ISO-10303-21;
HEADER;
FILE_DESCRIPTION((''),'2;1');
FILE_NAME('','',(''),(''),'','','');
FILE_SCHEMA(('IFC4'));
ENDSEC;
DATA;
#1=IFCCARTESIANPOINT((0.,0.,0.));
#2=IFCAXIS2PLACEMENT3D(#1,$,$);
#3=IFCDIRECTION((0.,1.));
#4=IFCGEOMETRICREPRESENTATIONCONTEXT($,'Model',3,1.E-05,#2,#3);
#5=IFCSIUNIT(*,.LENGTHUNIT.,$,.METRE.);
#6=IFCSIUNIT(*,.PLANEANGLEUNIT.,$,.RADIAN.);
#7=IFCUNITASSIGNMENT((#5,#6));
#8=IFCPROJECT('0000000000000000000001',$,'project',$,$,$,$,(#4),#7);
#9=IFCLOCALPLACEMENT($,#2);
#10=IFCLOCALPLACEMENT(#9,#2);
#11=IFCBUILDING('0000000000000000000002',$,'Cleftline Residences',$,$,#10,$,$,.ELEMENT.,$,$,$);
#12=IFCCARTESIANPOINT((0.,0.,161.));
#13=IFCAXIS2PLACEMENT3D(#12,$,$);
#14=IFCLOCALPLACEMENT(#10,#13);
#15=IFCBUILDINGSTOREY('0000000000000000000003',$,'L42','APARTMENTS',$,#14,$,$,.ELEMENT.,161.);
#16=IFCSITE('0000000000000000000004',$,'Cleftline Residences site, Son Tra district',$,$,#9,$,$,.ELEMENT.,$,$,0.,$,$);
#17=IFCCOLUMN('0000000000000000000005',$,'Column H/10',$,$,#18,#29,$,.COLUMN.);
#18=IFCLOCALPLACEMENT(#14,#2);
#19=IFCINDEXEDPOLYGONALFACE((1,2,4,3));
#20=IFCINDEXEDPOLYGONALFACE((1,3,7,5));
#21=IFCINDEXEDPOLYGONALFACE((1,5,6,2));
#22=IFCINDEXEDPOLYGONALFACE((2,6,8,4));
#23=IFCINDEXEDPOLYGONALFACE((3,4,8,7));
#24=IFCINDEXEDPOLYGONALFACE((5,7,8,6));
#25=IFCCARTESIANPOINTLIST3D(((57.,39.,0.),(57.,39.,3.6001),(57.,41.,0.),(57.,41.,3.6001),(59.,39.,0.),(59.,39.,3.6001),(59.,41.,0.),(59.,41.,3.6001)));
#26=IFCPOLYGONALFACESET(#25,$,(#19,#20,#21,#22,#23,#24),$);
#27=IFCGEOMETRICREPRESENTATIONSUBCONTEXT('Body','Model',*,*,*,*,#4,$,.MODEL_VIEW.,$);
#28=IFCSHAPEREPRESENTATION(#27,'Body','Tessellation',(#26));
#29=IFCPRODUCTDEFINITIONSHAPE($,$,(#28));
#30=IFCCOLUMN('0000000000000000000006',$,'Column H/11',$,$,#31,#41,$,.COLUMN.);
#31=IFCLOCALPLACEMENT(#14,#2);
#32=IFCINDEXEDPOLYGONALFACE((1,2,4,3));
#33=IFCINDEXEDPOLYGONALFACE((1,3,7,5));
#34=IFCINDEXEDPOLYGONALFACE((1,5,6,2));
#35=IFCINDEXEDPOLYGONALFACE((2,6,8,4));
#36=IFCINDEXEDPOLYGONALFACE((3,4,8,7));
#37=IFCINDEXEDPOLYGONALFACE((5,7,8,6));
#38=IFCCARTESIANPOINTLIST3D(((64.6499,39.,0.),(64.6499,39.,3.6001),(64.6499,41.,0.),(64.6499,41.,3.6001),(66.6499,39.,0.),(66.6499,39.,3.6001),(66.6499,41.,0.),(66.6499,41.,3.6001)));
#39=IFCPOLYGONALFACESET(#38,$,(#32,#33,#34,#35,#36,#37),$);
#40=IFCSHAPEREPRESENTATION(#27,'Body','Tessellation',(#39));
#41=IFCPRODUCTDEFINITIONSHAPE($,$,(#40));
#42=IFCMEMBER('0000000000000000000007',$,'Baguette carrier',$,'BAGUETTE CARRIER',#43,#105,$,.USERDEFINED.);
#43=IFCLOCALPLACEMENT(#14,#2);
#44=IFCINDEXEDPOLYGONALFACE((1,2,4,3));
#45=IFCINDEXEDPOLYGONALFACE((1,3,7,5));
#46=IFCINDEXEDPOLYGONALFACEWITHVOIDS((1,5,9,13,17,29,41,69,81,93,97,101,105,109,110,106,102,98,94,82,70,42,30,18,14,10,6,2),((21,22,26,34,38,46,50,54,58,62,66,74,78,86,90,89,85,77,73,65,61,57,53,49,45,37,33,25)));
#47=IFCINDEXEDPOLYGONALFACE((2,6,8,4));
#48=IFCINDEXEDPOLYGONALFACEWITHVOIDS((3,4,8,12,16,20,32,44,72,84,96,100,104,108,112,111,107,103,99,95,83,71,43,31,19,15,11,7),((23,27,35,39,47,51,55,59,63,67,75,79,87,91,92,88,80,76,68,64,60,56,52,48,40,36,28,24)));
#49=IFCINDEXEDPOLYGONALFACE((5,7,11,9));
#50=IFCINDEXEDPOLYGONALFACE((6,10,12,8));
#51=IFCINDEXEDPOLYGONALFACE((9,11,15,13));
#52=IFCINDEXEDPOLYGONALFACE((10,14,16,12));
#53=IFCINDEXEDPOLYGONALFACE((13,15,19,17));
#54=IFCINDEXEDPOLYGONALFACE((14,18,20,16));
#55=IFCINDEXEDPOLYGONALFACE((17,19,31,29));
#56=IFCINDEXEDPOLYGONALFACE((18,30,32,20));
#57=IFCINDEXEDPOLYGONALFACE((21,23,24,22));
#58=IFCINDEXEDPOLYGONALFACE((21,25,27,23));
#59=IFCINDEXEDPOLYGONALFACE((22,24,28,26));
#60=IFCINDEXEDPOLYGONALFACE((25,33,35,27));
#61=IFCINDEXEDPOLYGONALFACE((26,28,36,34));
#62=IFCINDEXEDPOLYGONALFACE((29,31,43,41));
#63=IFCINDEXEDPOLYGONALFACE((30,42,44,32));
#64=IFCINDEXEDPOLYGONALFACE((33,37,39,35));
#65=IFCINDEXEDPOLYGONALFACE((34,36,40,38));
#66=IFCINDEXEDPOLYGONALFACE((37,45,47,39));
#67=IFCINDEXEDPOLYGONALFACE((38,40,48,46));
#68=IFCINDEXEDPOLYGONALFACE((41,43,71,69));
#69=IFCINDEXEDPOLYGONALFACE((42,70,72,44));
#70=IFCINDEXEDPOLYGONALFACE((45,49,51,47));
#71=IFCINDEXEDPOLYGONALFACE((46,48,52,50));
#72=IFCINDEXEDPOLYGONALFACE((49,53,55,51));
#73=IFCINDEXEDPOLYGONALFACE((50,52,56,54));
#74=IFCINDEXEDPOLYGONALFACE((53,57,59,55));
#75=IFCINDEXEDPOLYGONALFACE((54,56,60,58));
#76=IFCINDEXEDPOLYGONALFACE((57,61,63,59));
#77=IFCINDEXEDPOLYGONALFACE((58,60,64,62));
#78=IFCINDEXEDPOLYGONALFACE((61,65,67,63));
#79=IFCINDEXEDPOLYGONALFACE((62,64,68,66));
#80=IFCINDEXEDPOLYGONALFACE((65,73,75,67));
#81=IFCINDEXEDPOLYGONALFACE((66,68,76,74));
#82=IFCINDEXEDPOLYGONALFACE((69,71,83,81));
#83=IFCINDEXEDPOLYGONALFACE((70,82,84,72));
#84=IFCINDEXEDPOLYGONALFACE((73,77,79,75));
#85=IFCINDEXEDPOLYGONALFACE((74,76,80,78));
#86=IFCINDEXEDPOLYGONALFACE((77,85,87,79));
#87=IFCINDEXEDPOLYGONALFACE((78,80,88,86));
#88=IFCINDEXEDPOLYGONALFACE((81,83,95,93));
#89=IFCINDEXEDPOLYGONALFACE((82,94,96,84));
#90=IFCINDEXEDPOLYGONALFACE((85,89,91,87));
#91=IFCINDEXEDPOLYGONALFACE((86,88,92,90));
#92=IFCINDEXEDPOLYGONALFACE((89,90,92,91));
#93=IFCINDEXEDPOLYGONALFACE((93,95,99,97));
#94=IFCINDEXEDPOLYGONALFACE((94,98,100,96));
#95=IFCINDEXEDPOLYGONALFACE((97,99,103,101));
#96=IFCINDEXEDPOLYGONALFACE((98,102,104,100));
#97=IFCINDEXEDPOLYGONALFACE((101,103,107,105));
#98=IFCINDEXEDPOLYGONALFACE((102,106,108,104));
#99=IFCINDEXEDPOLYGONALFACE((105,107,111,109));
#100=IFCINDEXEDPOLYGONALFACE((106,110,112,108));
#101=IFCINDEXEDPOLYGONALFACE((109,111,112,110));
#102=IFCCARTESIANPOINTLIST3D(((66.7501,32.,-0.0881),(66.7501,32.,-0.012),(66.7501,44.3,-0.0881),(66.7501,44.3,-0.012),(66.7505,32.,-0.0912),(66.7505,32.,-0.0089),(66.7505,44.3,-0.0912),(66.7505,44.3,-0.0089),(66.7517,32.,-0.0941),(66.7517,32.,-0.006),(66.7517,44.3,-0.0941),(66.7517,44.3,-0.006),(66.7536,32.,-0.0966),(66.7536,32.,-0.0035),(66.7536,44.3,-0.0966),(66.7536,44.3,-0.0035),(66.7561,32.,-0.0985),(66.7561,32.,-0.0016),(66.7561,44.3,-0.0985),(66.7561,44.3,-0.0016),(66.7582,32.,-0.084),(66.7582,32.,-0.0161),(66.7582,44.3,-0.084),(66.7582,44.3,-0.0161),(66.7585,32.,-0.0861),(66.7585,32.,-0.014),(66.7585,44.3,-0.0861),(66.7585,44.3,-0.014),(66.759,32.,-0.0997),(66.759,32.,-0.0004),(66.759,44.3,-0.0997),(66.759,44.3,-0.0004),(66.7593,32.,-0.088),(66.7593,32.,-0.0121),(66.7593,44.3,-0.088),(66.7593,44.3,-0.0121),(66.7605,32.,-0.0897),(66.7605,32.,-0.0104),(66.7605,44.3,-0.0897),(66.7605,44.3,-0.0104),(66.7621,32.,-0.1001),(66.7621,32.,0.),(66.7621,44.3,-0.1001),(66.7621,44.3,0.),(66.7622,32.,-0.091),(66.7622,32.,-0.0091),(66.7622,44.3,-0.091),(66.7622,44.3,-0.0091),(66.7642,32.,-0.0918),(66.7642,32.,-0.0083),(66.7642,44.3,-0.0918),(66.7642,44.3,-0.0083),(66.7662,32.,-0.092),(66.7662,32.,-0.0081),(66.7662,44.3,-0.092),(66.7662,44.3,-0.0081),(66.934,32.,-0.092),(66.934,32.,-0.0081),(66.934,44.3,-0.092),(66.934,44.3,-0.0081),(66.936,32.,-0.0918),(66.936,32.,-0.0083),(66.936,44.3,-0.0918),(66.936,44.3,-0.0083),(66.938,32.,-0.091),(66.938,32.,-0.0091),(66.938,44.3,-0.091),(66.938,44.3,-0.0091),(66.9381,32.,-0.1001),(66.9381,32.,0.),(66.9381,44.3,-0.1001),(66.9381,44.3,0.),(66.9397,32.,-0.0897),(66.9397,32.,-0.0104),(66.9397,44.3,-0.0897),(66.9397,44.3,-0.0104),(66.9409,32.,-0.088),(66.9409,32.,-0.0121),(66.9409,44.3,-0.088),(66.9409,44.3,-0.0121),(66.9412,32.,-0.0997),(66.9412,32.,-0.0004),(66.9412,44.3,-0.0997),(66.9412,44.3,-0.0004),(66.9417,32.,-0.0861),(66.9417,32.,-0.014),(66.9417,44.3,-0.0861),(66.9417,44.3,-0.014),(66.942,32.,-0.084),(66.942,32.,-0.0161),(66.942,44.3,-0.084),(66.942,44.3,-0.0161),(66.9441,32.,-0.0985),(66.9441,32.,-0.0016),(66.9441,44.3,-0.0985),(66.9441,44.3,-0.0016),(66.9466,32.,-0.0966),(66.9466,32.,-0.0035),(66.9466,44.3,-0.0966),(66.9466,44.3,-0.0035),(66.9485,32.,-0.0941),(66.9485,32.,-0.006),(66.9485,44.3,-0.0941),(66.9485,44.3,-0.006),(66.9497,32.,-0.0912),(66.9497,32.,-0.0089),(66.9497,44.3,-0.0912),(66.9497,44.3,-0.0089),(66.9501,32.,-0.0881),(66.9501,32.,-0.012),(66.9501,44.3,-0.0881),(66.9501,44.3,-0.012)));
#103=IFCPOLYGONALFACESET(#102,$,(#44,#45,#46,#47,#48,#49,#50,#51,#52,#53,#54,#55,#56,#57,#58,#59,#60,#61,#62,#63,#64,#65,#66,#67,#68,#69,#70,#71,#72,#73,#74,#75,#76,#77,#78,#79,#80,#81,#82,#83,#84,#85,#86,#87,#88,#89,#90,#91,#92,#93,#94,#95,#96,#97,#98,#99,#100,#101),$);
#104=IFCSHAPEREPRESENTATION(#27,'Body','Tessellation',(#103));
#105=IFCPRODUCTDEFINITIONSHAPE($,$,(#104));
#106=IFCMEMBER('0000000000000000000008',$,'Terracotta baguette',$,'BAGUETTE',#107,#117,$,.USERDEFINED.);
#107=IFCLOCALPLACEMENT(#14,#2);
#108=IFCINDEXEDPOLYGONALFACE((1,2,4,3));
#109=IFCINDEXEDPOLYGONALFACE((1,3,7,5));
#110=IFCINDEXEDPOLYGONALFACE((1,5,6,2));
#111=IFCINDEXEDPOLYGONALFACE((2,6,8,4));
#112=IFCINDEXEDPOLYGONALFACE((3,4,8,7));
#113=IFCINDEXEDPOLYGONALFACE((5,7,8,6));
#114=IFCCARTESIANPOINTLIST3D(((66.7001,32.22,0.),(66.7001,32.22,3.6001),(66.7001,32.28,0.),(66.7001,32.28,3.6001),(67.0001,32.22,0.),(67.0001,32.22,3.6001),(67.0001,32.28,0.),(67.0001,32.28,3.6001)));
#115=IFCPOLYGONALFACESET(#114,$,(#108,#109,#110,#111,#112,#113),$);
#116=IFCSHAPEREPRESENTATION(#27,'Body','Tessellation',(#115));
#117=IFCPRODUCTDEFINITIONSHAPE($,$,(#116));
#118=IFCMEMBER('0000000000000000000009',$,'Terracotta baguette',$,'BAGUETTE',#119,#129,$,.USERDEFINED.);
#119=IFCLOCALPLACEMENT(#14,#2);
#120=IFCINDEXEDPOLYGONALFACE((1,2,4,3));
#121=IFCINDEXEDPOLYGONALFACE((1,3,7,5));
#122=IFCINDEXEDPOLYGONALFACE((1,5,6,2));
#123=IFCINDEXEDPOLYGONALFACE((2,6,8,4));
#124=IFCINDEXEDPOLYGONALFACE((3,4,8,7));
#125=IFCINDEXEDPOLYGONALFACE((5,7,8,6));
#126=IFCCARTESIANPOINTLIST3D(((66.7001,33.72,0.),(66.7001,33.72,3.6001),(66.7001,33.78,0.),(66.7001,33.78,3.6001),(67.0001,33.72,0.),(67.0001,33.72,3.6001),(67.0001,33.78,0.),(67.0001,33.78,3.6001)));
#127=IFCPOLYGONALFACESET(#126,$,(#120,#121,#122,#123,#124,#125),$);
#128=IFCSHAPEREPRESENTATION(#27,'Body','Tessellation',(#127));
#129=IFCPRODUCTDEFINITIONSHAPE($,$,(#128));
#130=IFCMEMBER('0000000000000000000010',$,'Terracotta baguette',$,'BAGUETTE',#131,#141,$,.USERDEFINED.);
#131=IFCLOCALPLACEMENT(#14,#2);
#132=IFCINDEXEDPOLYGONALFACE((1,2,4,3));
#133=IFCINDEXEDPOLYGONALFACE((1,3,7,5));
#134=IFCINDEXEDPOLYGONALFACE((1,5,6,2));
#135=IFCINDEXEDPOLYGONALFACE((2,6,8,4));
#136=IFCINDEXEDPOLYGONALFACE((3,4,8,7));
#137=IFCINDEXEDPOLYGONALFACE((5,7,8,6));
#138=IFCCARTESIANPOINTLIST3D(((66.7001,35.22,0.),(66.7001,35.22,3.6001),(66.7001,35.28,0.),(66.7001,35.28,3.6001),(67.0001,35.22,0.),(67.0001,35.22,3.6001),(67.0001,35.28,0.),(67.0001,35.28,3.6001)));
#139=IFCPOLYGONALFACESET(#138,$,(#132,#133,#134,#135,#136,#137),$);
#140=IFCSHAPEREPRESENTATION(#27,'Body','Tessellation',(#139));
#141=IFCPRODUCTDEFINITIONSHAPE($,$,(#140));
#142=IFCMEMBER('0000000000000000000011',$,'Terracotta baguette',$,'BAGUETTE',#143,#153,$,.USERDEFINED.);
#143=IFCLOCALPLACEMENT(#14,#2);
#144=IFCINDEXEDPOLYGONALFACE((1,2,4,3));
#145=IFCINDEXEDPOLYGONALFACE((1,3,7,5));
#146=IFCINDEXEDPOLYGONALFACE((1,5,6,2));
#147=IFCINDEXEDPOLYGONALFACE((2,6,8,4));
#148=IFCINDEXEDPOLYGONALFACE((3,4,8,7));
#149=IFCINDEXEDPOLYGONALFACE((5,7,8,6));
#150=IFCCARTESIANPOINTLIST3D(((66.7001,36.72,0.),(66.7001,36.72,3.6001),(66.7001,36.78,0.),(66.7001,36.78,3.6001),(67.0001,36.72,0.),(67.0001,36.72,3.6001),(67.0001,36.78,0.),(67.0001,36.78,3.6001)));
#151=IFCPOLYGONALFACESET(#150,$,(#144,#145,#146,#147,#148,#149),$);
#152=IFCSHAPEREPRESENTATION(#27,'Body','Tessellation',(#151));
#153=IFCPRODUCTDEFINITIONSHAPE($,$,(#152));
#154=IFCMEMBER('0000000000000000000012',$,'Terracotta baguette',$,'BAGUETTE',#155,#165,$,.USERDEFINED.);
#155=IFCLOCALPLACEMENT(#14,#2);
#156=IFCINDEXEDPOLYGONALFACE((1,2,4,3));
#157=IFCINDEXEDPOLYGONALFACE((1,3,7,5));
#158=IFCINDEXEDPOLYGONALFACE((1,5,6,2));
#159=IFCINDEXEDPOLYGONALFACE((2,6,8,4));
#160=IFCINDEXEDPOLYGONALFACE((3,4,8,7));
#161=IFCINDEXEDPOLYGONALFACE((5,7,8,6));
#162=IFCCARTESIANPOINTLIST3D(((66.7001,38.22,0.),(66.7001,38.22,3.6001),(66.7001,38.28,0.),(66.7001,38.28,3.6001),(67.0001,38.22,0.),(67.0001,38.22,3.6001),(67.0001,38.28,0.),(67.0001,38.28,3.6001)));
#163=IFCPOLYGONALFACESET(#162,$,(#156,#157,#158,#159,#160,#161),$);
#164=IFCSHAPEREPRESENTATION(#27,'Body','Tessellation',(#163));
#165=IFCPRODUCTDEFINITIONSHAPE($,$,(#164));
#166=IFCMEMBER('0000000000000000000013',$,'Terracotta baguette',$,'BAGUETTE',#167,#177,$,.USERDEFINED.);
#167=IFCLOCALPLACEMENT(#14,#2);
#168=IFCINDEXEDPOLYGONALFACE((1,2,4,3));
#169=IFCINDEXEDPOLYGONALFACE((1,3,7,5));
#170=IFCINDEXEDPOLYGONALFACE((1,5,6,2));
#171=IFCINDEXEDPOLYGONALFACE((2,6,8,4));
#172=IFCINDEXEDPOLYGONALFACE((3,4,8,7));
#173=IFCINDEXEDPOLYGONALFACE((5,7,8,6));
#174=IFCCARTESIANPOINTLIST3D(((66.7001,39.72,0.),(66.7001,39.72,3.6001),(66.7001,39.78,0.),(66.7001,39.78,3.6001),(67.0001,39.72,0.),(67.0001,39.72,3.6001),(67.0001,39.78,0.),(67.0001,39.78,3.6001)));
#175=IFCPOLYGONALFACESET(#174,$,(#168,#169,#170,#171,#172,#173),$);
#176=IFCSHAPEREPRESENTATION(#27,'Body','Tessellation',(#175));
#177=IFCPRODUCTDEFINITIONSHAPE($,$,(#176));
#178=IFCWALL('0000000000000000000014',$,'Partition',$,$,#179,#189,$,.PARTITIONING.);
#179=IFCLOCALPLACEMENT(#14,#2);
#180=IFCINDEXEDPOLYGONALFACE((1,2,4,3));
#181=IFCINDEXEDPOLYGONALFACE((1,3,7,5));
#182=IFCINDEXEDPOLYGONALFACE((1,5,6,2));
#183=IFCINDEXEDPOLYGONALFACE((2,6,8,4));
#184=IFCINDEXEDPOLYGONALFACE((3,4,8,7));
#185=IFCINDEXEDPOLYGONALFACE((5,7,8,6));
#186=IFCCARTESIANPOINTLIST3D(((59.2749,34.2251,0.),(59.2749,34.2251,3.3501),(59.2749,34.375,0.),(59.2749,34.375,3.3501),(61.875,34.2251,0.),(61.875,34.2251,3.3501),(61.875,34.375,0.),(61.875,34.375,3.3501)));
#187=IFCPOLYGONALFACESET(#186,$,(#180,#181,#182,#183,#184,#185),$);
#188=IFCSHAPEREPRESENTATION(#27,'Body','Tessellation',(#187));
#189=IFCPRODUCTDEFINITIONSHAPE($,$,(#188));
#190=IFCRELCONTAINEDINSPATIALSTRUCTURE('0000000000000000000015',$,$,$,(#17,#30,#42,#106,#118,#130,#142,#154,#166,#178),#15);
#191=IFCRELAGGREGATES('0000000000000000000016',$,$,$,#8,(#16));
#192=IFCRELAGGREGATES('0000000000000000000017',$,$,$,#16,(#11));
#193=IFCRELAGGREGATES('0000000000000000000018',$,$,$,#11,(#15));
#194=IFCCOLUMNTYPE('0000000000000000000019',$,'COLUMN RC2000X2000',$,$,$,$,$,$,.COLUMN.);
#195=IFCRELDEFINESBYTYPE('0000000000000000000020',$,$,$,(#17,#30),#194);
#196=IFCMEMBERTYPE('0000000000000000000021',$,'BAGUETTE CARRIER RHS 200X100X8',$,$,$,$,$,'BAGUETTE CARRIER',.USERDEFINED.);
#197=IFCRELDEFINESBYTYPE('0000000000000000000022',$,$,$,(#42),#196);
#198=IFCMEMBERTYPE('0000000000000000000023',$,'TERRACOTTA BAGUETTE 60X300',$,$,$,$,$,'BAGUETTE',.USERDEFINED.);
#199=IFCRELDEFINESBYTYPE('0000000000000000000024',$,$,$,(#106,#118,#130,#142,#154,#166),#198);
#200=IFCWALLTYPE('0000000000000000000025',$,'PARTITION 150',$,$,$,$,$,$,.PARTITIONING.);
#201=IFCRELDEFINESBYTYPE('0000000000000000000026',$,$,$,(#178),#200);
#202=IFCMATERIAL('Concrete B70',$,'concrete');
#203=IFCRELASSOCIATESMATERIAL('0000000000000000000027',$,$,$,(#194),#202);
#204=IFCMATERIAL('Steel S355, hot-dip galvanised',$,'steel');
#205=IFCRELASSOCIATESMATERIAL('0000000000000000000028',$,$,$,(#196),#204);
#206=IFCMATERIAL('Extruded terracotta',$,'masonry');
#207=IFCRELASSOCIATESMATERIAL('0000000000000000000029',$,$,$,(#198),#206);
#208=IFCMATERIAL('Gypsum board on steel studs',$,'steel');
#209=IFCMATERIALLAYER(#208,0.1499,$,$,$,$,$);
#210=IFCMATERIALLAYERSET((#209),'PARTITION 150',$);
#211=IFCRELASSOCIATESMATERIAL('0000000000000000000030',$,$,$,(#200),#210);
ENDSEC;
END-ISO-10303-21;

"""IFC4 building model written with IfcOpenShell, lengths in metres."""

from ifc_helpers import new_model, si_unit, direction, frame, frame_2d, origin, origin_2d, place, context, subcontext, project, spatial, rectangle, hollow_rectangle, extrude, material, layer, layer_set, material_profile, profile_set, type_object, element, save


model = new_model("IFC4")

# Units and contexts
model_context = context("Model", 3, precision=1e-05, world=origin(), true_north=direction((0.0, 1.0)))
body_context = subcontext(model_context, "Body", "Model", "MODEL_VIEW")
ifc_project = project(units=[si_unit("LENGTHUNIT", "METRE"), si_unit("PLANEANGLEUNIT", "RADIAN")], contexts=[model_context])

# Site, building, storey
site_placement = place(None, origin())
site = spatial("IfcSite", under=ifc_project, at=site_placement, Name="Cleftline Residences site, Son Tra district", CompositionType="ELEMENT", RefElevation=0.0)
building_placement = place(site_placement, origin())
building = spatial("IfcBuilding", under=site, at=building_placement, Name="Cleftline Residences", CompositionType="ELEMENT")
storey_placement = place(building_placement, frame((0.0, 0.0, 161.0)))
storey = spatial("IfcBuildingStorey", under=building, at=storey_placement, Name="L42", Description="APARTMENTS", CompositionType="ELEMENT", Elevation=161.0)

# Columns
ifc_material_1 = material(Name="Concrete B70", Category="concrete")
ifc_material_profile_1 = material_profile(ifc_material_1, rectangle(XDim=2.0, YDim=2.0, at=origin_2d()))
ifc_profile_set_1 = profile_set([ifc_material_profile_1], Name="Concrete B70")
column_type = type_object("IfcColumnType", Name="COLUMN RC2000X2000", PredefinedType="COLUMN", material=ifc_profile_set_1)
for number, where, z_axis, x_axis, name in (
    (1, (58.0, 40.0, 0.0), (0.0, 0.0, 1.0), (1.0, 0.0, 0.0), "Column H/10"),
    (2, (65.6499, 40.0, 0.0), (0.0, 0.0, 1.0), (1.0, 0.0, 0.0), "Column H/11"),
):
    element("IfcColumn", number, at=place(storey_placement, frame(where, z_axis=z_axis, x_axis=x_axis)), inside=storey, type_object=column_type, Name=name, PredefinedType="COLUMN", context=body_context, shape_type="SweptSolid", body=[
        extrude(rectangle(XDim=2.0, YDim=2.0, at=origin_2d()), origin(), (0.0, 0.0, 1.0), 3.6001),
    ])

# Members
ifc_material_2 = material(Name="Steel S355, hot-dip galvanised", Category="steel")
ifc_material_profile_2 = material_profile(ifc_material_2, hollow_rectangle(XDim=0.1001, YDim=0.2, WallThickness=0.0081, InnerFilletRadius=0.0081, OuterFilletRadius=0.012, at=origin_2d()))
ifc_profile_set_2 = profile_set([ifc_material_profile_2], Name="Steel S355, hot-dip galvanised")
member_type_1 = type_object("IfcMemberType", Name="BAGUETTE CARRIER RHS 200X100X8", ElementType="BAGUETTE CARRIER", PredefinedType="USERDEFINED", material=ifc_profile_set_2)
member_placement = place(storey_placement, frame((66.8501, 32.0, -0.05), z_axis=(0.0, 1.0, 0.0), x_axis=(0.0, 0.0, 1.0)))
element("IfcMember", 3, at=member_placement, inside=storey, type_object=member_type_1, Name="Baguette carrier", ObjectType="BAGUETTE CARRIER", PredefinedType="USERDEFINED", context=body_context, shape_type="SweptSolid", body=[
    extrude(hollow_rectangle(XDim=0.1001, YDim=0.2, WallThickness=0.0081, InnerFilletRadius=0.0081, OuterFilletRadius=0.012, at=origin_2d()), origin(), (0.0, 0.0, 1.0), 12.3),
])
ifc_material_3 = material(Name="Extruded terracotta", Category="masonry")
ifc_material_profile_3 = material_profile(ifc_material_3, rectangle(XDim=0.0601, YDim=0.3, at=origin_2d()))
ifc_profile_set_3 = profile_set([ifc_material_profile_3], Name="Extruded terracotta")
member_type_2 = type_object("IfcMemberType", Name="TERRACOTTA BAGUETTE 60X300", ElementType="BAGUETTE", PredefinedType="USERDEFINED", material=ifc_profile_set_3)
for number, where, z_axis, x_axis, name in (
    (4, (66.8501, 32.25, 0.0), (0.0, 0.0, 1.0), (0.0, 1.0, 0.0), "Terracotta baguette"),
    (5, (66.8501, 33.75, 0.0), (0.0, 0.0, 1.0), (0.0, 1.0, 0.0), "Terracotta baguette"),
    (6, (66.8501, 35.25, 0.0), (0.0, 0.0, 1.0), (0.0, 1.0, 0.0), "Terracotta baguette"),
    (7, (66.8501, 36.75, 0.0), (0.0, 0.0, 1.0), (0.0, 1.0, 0.0), "Terracotta baguette"),
    (8, (66.8501, 38.25, 0.0), (0.0, 0.0, 1.0), (0.0, 1.0, 0.0), "Terracotta baguette"),
    (9, (66.8501, 39.75, 0.0), (0.0, 0.0, 1.0), (0.0, 1.0, 0.0), "Terracotta baguette"),
):
    element("IfcMember", number, at=place(storey_placement, frame(where, z_axis=z_axis, x_axis=x_axis)), inside=storey, type_object=member_type_2, Name=name, ObjectType="BAGUETTE", PredefinedType="USERDEFINED", context=body_context, shape_type="SweptSolid", body=[
        extrude(rectangle(XDim=0.0601, YDim=0.3, at=origin_2d()), origin(), (0.0, 0.0, 1.0), 3.6001),
    ])

# Wall
ifc_material_4 = material(Name="Gypsum board on steel studs", Category="steel")
ifc_layer = layer(ifc_material_4, 0.1499)
ifc_layer_set = layer_set([ifc_layer], Name="PARTITION 150")
wall_type = type_object("IfcWallType", Name="PARTITION 150", PredefinedType="PARTITIONING", material=ifc_layer_set)
wall_1_placement = place(storey_placement, frame((59.2749, 34.3, 0.0), z_axis=(0.0, 0.0, 1.0), x_axis=(1.0, 0.0, 0.0)))
element("IfcWall", 10, at=wall_1_placement, inside=storey, type_object=wall_type, Name="Partition", PredefinedType="PARTITIONING", context=body_context, shape_type="SweptSolid", body=[
    extrude(rectangle(XDim=2.6001, YDim=0.1499, at=frame_2d((1.3, 0.0))), origin(), (0.0, 0.0, 1.0), 3.3501),
])

save(model, "model.ifc")
